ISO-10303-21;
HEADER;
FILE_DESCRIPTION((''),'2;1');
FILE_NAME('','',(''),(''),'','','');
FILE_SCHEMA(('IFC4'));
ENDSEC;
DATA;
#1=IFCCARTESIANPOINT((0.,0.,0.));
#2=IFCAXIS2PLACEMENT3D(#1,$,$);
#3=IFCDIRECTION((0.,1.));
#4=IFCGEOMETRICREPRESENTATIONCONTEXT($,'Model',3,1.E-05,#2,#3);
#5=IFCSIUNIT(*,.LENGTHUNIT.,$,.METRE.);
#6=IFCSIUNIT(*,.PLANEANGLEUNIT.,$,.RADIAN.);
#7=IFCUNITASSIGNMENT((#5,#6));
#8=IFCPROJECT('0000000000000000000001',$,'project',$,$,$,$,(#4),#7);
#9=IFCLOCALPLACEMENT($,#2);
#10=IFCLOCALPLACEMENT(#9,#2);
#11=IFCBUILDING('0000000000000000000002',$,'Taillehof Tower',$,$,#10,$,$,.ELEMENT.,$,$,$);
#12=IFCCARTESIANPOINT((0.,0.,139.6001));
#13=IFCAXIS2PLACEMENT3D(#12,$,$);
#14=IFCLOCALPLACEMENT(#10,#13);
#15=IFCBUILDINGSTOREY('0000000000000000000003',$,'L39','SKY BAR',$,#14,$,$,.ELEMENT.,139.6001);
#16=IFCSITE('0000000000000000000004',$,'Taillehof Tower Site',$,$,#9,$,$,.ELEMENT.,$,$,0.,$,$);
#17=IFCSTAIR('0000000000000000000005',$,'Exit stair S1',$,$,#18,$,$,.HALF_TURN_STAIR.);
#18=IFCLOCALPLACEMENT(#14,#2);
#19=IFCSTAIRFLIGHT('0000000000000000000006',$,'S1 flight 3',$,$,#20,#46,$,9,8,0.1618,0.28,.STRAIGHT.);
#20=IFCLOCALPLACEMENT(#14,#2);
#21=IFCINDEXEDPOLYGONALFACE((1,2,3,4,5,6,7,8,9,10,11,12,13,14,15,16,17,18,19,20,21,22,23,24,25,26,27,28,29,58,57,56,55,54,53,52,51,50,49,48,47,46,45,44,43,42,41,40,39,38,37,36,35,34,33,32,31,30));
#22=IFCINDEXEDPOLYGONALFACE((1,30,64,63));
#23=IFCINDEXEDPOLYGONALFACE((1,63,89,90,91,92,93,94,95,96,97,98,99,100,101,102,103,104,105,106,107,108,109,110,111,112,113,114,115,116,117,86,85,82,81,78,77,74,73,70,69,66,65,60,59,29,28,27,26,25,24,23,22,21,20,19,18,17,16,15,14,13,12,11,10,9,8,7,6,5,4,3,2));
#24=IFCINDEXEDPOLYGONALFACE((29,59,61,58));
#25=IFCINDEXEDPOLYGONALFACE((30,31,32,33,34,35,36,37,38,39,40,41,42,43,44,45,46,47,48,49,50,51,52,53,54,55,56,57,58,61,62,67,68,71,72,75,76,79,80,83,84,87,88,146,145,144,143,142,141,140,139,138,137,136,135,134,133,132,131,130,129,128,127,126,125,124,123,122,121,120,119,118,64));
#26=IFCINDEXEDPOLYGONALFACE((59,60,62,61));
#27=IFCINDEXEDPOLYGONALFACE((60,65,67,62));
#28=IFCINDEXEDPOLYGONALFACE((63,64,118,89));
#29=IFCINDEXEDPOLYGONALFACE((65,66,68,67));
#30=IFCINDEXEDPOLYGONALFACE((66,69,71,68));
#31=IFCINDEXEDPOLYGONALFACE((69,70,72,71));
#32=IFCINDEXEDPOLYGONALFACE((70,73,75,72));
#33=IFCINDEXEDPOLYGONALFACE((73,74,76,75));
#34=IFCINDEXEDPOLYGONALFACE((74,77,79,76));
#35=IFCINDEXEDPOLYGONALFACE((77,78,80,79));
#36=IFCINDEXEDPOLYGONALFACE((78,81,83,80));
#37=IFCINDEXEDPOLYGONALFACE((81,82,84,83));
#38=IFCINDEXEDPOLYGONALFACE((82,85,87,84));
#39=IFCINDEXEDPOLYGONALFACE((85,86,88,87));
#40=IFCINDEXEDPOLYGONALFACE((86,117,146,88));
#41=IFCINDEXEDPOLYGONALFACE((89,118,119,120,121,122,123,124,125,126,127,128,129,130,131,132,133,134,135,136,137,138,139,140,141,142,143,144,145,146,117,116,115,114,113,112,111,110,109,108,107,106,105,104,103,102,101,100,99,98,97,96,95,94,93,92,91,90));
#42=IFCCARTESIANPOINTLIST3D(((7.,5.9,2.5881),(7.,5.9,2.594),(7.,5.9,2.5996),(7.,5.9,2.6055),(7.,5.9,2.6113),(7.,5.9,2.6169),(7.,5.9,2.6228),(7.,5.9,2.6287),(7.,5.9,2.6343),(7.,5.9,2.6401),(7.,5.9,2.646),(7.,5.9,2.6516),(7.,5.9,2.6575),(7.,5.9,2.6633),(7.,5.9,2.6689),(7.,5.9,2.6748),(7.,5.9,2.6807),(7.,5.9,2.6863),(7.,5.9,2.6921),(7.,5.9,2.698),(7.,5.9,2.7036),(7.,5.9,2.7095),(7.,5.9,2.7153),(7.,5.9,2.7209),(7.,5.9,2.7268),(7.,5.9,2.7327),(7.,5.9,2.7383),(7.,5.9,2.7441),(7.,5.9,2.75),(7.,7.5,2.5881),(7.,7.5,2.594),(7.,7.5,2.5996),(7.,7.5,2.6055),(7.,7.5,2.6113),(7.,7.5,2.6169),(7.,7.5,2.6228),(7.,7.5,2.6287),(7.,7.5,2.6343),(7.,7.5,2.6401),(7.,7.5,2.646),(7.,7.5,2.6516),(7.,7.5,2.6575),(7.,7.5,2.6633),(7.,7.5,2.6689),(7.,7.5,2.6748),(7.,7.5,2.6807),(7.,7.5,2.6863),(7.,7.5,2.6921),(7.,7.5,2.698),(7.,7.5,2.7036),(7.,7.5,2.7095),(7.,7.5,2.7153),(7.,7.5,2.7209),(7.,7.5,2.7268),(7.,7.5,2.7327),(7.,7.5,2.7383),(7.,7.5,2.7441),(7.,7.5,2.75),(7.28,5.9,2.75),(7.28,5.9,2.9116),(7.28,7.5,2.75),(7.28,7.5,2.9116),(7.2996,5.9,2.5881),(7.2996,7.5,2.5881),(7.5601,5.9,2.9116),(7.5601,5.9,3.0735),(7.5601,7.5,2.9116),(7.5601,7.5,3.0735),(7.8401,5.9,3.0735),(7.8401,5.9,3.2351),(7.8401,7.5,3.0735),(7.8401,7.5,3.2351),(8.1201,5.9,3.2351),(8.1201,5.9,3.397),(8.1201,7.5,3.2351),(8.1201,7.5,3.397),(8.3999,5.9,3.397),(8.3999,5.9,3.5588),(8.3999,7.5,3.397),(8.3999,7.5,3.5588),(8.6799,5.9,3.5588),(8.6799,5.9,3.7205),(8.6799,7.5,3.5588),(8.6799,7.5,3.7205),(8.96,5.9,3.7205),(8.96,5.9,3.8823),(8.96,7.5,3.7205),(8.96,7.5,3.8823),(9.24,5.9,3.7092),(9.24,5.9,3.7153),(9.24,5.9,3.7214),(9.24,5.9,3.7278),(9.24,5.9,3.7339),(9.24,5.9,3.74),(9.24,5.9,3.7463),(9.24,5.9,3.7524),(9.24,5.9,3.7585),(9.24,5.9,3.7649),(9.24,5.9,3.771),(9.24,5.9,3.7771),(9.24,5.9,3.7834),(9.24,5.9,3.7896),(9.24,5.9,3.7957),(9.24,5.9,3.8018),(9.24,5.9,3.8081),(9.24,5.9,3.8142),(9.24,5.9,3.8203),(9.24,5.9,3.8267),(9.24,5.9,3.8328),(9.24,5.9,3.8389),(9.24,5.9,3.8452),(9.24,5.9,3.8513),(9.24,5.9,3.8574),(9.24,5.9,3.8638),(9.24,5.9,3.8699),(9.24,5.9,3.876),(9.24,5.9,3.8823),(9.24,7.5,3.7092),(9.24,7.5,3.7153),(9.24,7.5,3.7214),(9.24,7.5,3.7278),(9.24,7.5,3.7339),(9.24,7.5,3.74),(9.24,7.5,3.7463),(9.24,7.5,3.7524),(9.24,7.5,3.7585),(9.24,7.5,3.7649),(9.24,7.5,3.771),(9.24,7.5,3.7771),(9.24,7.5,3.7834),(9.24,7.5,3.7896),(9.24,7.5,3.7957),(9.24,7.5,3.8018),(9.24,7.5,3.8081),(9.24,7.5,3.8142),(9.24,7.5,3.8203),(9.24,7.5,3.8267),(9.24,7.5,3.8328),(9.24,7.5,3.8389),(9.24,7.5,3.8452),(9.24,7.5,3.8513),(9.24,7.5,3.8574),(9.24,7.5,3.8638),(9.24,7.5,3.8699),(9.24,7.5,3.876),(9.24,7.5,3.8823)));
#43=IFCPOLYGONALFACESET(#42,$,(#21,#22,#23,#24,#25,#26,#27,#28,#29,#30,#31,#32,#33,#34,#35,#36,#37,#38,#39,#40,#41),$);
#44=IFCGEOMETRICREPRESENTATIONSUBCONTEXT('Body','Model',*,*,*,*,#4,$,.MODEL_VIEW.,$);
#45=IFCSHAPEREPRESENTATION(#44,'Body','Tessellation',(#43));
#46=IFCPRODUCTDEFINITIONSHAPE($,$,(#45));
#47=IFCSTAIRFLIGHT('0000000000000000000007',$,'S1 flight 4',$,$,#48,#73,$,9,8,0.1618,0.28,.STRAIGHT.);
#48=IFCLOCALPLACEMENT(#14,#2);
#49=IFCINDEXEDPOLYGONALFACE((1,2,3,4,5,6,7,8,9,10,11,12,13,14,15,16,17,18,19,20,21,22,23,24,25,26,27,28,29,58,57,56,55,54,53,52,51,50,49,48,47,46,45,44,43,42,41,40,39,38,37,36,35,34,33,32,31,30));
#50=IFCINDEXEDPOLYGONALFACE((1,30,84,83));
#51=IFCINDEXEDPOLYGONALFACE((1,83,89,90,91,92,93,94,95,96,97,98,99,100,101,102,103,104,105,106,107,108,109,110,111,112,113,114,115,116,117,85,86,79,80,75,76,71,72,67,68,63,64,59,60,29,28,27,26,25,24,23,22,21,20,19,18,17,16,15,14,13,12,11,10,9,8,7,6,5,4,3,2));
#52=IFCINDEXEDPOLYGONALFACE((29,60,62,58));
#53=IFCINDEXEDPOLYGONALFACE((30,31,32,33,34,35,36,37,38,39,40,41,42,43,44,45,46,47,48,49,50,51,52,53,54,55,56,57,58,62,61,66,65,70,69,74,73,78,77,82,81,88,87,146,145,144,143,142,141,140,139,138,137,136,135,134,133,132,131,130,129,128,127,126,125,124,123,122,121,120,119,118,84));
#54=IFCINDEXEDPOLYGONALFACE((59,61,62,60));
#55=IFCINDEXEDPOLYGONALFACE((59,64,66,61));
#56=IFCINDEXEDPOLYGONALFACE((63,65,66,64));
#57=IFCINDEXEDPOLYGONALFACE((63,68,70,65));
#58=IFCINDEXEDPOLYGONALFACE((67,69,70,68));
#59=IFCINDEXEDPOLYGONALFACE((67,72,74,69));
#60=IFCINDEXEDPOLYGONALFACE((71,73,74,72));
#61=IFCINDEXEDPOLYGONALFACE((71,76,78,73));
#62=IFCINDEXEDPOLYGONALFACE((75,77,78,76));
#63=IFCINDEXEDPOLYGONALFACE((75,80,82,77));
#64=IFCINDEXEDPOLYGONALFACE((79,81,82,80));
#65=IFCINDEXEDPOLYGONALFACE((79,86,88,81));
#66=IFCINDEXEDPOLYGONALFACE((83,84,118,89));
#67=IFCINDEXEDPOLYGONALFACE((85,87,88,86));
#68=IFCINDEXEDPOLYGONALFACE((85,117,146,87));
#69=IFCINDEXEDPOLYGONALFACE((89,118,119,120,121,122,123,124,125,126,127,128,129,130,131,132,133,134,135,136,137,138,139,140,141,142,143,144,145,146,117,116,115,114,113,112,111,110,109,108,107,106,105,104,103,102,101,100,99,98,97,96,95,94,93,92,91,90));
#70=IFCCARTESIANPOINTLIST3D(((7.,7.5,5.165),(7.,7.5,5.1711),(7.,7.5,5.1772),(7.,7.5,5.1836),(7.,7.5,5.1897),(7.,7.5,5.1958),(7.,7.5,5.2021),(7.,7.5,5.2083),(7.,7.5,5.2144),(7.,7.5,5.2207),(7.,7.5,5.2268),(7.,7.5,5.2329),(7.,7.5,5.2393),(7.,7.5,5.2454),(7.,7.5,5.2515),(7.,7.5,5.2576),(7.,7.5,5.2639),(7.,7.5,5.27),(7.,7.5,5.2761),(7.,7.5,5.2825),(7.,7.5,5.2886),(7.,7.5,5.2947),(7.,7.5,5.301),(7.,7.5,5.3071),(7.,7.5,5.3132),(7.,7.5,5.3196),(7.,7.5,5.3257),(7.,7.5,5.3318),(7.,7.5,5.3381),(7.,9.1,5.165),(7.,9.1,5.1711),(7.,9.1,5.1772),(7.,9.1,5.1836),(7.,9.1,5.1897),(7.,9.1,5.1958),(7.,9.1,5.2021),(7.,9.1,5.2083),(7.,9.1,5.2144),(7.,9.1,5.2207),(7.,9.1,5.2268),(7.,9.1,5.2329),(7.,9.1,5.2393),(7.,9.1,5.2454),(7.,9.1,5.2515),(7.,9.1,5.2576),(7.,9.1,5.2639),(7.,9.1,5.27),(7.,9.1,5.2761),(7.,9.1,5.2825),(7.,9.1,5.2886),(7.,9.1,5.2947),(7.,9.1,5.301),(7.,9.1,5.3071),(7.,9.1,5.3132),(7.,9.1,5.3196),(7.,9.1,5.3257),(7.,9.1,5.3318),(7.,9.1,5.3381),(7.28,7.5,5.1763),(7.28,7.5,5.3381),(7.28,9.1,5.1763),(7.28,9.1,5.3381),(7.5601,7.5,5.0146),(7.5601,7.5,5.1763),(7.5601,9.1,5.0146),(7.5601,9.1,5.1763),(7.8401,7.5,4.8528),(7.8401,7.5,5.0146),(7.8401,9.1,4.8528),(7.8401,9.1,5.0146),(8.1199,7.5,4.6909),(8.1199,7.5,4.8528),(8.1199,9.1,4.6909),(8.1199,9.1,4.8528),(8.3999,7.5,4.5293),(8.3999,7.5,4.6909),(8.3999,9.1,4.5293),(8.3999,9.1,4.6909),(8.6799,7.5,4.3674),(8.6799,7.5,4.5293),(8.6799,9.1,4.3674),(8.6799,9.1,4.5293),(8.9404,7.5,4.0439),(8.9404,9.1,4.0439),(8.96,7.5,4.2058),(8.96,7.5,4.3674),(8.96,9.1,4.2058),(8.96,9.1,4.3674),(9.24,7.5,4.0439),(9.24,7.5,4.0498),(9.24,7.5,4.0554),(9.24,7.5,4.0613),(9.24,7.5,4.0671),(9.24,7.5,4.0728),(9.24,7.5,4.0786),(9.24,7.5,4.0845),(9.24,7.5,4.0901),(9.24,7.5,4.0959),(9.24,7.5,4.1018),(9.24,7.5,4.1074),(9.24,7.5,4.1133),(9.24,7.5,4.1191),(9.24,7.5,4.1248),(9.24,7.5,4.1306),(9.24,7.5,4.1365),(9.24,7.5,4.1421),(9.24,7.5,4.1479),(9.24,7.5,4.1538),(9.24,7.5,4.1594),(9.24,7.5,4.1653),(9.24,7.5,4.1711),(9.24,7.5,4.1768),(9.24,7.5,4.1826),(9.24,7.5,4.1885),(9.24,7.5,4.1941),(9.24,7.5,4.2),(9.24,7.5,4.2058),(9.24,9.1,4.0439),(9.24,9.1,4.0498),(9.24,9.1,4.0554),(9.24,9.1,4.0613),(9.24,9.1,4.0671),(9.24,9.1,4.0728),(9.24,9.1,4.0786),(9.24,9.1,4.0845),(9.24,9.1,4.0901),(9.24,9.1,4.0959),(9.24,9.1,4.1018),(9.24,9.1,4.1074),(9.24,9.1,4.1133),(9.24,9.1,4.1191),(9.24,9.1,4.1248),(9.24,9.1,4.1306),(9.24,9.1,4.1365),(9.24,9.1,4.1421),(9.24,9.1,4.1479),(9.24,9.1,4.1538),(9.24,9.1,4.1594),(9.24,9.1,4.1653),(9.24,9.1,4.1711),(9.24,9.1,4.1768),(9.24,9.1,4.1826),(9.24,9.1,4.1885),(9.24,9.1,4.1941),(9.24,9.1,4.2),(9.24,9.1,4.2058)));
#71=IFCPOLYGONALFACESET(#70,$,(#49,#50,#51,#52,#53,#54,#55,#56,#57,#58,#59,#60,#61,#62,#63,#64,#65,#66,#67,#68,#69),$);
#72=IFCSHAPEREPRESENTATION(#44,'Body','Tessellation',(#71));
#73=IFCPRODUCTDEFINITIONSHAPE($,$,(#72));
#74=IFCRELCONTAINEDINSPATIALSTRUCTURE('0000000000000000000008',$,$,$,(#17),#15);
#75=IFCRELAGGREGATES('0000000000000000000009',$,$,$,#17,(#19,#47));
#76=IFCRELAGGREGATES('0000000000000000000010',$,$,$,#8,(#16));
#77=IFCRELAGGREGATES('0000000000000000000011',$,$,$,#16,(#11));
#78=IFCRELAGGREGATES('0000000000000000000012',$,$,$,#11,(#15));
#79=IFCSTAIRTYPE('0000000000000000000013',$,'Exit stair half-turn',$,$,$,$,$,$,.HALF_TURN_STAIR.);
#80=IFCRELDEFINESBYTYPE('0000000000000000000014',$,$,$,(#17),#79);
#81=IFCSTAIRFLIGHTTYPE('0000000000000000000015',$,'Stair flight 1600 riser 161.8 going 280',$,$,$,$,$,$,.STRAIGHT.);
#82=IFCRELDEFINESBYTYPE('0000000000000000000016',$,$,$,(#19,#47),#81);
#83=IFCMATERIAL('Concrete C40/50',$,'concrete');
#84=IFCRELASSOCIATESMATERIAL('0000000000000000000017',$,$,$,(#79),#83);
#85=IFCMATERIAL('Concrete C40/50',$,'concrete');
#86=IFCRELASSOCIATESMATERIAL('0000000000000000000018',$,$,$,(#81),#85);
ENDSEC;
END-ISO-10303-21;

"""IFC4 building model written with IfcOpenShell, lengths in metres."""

from ifc_helpers import new_model, si_unit, direction, frame, origin, place, context, subcontext, project, spatial, polyline, outline, extrude, material, type_object, element, aggregate, save


model = new_model("IFC4")

# Units and contexts
model_context = context("Model", 3, precision=1e-05, world=origin(), true_north=direction((0.0, 1.0)))
body_context = subcontext(model_context, "Body", "Model", "MODEL_VIEW")
ifc_project = project(units=[si_unit("LENGTHUNIT", "METRE"), si_unit("PLANEANGLEUNIT", "RADIAN")], contexts=[model_context])

# Site, building, storey
site_placement = place(None, origin())
site = spatial("IfcSite", under=ifc_project, at=site_placement, Name="Taillehof Tower Site", CompositionType="ELEMENT", RefElevation=0.0)
building_placement = place(site_placement, origin())
building = spatial("IfcBuilding", under=site, at=building_placement, Name="Taillehof Tower", CompositionType="ELEMENT")
storey_placement = place(building_placement, frame((0.0, 0.0, 139.6001)))
storey = spatial("IfcBuildingStorey", under=building, at=storey_placement, Name="L39", Description="SKY BAR", CompositionType="ELEMENT", Elevation=139.6001)

# Stair, stair flights
ifc_material_1 = material(Name="Concrete C40/50", Category="concrete")
stair_type = type_object("IfcStairType", Name="Exit stair half-turn", PredefinedType="HALF_TURN_STAIR", material=ifc_material_1)
stair_placement = place(storey_placement, origin())
stair = element("IfcStair", 1, at=stair_placement, inside=storey, type_object=stair_type, Name="Exit stair S1", PredefinedType="HALF_TURN_STAIR")
ifc_material_2 = material(Name="Concrete C40/50", Category="concrete")
stair_flight_type = type_object("IfcStairFlightType", Name="Stair flight 1600 riser 161.8 going 280", PredefinedType="STRAIGHT", material=ifc_material_2)
stair_flight_1_placement = place(storey_placement, frame((7.0, 6.7, 2.5881), z_axis=(0.0, 0.0, 1.0), x_axis=(1.0, 0.0, 0.0)))
stair_flight_1 = element("IfcStairFlight", 2, at=stair_flight_1_placement, type_object=stair_flight_type, Name="S1 flight 3", NumberOfRisers=9, NumberOfTreads=8, PredefinedType="STRAIGHT", RiserHeight=0.1618, TreadLength=0.28, context=body_context, shape_type="SweptSolid", body=[
    extrude(outline(polyline([(0.0, 0.0), (0.0, 0.0059), (0.0, 0.0115), (0.0, 0.0173), (0.0, 0.0232), (0.0, 0.0288), (0.0, 0.0347), (0.0, 0.0405), (0.0, 0.0461), (0.0, 0.052), (0.0, 0.0579), (0.0, 0.0635), (0.0, 0.0693), (0.0, 0.0752), (0.0, 0.0808), (0.0, 0.0867), (0.0, 0.0925), (0.0, 0.0981), (0.0, 0.104), (0.0, 0.1099), (0.0, 0.1155), (0.0, 0.1213), (0.0, 0.1272), (0.0, 0.1328), (0.0, 0.1387), (0.0, 0.1445), (0.0, 0.1501), (0.0, 0.156), (0.0, 0.1619), (0.28, 0.1619), (0.28, 0.3235), (0.5601, 0.3235), (0.5601, 0.4854), (0.8401, 0.4854), (0.8401, 0.647), (1.1201, 0.647), (1.1201, 0.8088), (1.3999, 0.8088), (1.3999, 0.9707), (1.6799, 0.9707), (1.6799, 1.1323), (1.96, 1.1323), (1.96, 1.2942), (2.24, 1.2942), (2.24, 1.2878), (2.24, 1.2817), (2.24, 1.2756), (2.24, 1.2693), (2.24, 1.2632), (2.24, 1.2571), (2.24, 1.2507), (2.24, 1.2446), (2.24, 1.2385), (2.24, 1.2322), (2.24, 1.2261), (2.24, 1.22), (2.24, 1.2136), (2.24, 1.2075), (2.24, 1.2014), (2.24, 1.1953), (2.24, 1.189), (2.24, 1.1829), (2.24, 1.1768), (2.24, 1.1704), (2.24, 1.1643), (2.24, 1.1582), (2.24, 1.1519), (2.24, 1.1458), (2.24, 1.1396), (2.24, 1.1333), (2.24, 1.1272), (2.24, 1.1211), (0.2996, 0.0), (0.0, 0.0)])), frame((0.0, 0.8, 0.0), z_axis=(0.0, -1.0, 0.0), x_axis=(1.0, 0.0, 0.0)), (0.0, 0.0, 1.0), 1.6),
])
stair_flight_2_placement = place(storey_placement, frame((9.24, 8.3, 4.0439), z_axis=(0.0, 0.0, 1.0), x_axis=(-1.0, 0.0, 0.0)))
stair_flight_2 = element("IfcStairFlight", 3, at=stair_flight_2_placement, type_object=stair_flight_type, Name="S1 flight 4", NumberOfRisers=9, NumberOfTreads=8, PredefinedType="STRAIGHT", RiserHeight=0.1618, TreadLength=0.28, context=body_context, shape_type="SweptSolid", body=[
    extrude(outline(polyline([(0.0, 0.0), (0.0, 0.0059), (0.0, 0.0115), (0.0, 0.0173), (0.0, 0.0232), (0.0, 0.0288), (0.0, 0.0347), (0.0, 0.0405), (0.0, 0.0461), (0.0, 0.052), (0.0, 0.0579), (0.0, 0.0635), (0.0, 0.0693), (0.0, 0.0752), (0.0, 0.0808), (0.0, 0.0867), (0.0, 0.0925), (0.0, 0.0981), (0.0, 0.104), (0.0, 0.1099), (0.0, 0.1155), (0.0, 0.1213), (0.0, 0.1272), (0.0, 0.1328), (0.0, 0.1387), (0.0, 0.1445), (0.0, 0.1501), (0.0, 0.156), (0.0, 0.1619), (0.28, 0.1619), (0.28, 0.3235), (0.5601, 0.3235), (0.5601, 0.4854), (0.8401, 0.4854), (0.8401, 0.647), (1.1201, 0.647), (1.1201, 0.8088), (1.3999, 0.8088), (1.3999, 0.9707), (1.6799, 0.9707), (1.6799, 1.1323), (1.96, 1.1323), (1.96, 1.2942), (2.24, 1.2942), (2.24, 1.2878), (2.24, 1.2817), (2.24, 1.2756), (2.24, 1.2693), (2.24, 1.2632), (2.24, 1.2571), (2.24, 1.2507), (2.24, 1.2446), (2.24, 1.2385), (2.24, 1.2322), (2.24, 1.2261), (2.24, 1.22), (2.24, 1.2136), (2.24, 1.2075), (2.24, 1.2014), (2.24, 1.1953), (2.24, 1.189), (2.24, 1.1829), (2.24, 1.1768), (2.24, 1.1704), (2.24, 1.1643), (2.24, 1.1582), (2.24, 1.1519), (2.24, 1.1458), (2.24, 1.1396), (2.24, 1.1333), (2.24, 1.1272), (2.24, 1.1211), (0.2996, 0.0), (0.0, 0.0)])), frame((0.0, 0.8, 0.0), z_axis=(0.0, -1.0, 0.0), x_axis=(1.0, 0.0, 0.0)), (0.0, 0.0, 1.0), 1.6),
])
aggregate(stair, [stair_flight_1, stair_flight_2])

save(model, "model.ifc")
